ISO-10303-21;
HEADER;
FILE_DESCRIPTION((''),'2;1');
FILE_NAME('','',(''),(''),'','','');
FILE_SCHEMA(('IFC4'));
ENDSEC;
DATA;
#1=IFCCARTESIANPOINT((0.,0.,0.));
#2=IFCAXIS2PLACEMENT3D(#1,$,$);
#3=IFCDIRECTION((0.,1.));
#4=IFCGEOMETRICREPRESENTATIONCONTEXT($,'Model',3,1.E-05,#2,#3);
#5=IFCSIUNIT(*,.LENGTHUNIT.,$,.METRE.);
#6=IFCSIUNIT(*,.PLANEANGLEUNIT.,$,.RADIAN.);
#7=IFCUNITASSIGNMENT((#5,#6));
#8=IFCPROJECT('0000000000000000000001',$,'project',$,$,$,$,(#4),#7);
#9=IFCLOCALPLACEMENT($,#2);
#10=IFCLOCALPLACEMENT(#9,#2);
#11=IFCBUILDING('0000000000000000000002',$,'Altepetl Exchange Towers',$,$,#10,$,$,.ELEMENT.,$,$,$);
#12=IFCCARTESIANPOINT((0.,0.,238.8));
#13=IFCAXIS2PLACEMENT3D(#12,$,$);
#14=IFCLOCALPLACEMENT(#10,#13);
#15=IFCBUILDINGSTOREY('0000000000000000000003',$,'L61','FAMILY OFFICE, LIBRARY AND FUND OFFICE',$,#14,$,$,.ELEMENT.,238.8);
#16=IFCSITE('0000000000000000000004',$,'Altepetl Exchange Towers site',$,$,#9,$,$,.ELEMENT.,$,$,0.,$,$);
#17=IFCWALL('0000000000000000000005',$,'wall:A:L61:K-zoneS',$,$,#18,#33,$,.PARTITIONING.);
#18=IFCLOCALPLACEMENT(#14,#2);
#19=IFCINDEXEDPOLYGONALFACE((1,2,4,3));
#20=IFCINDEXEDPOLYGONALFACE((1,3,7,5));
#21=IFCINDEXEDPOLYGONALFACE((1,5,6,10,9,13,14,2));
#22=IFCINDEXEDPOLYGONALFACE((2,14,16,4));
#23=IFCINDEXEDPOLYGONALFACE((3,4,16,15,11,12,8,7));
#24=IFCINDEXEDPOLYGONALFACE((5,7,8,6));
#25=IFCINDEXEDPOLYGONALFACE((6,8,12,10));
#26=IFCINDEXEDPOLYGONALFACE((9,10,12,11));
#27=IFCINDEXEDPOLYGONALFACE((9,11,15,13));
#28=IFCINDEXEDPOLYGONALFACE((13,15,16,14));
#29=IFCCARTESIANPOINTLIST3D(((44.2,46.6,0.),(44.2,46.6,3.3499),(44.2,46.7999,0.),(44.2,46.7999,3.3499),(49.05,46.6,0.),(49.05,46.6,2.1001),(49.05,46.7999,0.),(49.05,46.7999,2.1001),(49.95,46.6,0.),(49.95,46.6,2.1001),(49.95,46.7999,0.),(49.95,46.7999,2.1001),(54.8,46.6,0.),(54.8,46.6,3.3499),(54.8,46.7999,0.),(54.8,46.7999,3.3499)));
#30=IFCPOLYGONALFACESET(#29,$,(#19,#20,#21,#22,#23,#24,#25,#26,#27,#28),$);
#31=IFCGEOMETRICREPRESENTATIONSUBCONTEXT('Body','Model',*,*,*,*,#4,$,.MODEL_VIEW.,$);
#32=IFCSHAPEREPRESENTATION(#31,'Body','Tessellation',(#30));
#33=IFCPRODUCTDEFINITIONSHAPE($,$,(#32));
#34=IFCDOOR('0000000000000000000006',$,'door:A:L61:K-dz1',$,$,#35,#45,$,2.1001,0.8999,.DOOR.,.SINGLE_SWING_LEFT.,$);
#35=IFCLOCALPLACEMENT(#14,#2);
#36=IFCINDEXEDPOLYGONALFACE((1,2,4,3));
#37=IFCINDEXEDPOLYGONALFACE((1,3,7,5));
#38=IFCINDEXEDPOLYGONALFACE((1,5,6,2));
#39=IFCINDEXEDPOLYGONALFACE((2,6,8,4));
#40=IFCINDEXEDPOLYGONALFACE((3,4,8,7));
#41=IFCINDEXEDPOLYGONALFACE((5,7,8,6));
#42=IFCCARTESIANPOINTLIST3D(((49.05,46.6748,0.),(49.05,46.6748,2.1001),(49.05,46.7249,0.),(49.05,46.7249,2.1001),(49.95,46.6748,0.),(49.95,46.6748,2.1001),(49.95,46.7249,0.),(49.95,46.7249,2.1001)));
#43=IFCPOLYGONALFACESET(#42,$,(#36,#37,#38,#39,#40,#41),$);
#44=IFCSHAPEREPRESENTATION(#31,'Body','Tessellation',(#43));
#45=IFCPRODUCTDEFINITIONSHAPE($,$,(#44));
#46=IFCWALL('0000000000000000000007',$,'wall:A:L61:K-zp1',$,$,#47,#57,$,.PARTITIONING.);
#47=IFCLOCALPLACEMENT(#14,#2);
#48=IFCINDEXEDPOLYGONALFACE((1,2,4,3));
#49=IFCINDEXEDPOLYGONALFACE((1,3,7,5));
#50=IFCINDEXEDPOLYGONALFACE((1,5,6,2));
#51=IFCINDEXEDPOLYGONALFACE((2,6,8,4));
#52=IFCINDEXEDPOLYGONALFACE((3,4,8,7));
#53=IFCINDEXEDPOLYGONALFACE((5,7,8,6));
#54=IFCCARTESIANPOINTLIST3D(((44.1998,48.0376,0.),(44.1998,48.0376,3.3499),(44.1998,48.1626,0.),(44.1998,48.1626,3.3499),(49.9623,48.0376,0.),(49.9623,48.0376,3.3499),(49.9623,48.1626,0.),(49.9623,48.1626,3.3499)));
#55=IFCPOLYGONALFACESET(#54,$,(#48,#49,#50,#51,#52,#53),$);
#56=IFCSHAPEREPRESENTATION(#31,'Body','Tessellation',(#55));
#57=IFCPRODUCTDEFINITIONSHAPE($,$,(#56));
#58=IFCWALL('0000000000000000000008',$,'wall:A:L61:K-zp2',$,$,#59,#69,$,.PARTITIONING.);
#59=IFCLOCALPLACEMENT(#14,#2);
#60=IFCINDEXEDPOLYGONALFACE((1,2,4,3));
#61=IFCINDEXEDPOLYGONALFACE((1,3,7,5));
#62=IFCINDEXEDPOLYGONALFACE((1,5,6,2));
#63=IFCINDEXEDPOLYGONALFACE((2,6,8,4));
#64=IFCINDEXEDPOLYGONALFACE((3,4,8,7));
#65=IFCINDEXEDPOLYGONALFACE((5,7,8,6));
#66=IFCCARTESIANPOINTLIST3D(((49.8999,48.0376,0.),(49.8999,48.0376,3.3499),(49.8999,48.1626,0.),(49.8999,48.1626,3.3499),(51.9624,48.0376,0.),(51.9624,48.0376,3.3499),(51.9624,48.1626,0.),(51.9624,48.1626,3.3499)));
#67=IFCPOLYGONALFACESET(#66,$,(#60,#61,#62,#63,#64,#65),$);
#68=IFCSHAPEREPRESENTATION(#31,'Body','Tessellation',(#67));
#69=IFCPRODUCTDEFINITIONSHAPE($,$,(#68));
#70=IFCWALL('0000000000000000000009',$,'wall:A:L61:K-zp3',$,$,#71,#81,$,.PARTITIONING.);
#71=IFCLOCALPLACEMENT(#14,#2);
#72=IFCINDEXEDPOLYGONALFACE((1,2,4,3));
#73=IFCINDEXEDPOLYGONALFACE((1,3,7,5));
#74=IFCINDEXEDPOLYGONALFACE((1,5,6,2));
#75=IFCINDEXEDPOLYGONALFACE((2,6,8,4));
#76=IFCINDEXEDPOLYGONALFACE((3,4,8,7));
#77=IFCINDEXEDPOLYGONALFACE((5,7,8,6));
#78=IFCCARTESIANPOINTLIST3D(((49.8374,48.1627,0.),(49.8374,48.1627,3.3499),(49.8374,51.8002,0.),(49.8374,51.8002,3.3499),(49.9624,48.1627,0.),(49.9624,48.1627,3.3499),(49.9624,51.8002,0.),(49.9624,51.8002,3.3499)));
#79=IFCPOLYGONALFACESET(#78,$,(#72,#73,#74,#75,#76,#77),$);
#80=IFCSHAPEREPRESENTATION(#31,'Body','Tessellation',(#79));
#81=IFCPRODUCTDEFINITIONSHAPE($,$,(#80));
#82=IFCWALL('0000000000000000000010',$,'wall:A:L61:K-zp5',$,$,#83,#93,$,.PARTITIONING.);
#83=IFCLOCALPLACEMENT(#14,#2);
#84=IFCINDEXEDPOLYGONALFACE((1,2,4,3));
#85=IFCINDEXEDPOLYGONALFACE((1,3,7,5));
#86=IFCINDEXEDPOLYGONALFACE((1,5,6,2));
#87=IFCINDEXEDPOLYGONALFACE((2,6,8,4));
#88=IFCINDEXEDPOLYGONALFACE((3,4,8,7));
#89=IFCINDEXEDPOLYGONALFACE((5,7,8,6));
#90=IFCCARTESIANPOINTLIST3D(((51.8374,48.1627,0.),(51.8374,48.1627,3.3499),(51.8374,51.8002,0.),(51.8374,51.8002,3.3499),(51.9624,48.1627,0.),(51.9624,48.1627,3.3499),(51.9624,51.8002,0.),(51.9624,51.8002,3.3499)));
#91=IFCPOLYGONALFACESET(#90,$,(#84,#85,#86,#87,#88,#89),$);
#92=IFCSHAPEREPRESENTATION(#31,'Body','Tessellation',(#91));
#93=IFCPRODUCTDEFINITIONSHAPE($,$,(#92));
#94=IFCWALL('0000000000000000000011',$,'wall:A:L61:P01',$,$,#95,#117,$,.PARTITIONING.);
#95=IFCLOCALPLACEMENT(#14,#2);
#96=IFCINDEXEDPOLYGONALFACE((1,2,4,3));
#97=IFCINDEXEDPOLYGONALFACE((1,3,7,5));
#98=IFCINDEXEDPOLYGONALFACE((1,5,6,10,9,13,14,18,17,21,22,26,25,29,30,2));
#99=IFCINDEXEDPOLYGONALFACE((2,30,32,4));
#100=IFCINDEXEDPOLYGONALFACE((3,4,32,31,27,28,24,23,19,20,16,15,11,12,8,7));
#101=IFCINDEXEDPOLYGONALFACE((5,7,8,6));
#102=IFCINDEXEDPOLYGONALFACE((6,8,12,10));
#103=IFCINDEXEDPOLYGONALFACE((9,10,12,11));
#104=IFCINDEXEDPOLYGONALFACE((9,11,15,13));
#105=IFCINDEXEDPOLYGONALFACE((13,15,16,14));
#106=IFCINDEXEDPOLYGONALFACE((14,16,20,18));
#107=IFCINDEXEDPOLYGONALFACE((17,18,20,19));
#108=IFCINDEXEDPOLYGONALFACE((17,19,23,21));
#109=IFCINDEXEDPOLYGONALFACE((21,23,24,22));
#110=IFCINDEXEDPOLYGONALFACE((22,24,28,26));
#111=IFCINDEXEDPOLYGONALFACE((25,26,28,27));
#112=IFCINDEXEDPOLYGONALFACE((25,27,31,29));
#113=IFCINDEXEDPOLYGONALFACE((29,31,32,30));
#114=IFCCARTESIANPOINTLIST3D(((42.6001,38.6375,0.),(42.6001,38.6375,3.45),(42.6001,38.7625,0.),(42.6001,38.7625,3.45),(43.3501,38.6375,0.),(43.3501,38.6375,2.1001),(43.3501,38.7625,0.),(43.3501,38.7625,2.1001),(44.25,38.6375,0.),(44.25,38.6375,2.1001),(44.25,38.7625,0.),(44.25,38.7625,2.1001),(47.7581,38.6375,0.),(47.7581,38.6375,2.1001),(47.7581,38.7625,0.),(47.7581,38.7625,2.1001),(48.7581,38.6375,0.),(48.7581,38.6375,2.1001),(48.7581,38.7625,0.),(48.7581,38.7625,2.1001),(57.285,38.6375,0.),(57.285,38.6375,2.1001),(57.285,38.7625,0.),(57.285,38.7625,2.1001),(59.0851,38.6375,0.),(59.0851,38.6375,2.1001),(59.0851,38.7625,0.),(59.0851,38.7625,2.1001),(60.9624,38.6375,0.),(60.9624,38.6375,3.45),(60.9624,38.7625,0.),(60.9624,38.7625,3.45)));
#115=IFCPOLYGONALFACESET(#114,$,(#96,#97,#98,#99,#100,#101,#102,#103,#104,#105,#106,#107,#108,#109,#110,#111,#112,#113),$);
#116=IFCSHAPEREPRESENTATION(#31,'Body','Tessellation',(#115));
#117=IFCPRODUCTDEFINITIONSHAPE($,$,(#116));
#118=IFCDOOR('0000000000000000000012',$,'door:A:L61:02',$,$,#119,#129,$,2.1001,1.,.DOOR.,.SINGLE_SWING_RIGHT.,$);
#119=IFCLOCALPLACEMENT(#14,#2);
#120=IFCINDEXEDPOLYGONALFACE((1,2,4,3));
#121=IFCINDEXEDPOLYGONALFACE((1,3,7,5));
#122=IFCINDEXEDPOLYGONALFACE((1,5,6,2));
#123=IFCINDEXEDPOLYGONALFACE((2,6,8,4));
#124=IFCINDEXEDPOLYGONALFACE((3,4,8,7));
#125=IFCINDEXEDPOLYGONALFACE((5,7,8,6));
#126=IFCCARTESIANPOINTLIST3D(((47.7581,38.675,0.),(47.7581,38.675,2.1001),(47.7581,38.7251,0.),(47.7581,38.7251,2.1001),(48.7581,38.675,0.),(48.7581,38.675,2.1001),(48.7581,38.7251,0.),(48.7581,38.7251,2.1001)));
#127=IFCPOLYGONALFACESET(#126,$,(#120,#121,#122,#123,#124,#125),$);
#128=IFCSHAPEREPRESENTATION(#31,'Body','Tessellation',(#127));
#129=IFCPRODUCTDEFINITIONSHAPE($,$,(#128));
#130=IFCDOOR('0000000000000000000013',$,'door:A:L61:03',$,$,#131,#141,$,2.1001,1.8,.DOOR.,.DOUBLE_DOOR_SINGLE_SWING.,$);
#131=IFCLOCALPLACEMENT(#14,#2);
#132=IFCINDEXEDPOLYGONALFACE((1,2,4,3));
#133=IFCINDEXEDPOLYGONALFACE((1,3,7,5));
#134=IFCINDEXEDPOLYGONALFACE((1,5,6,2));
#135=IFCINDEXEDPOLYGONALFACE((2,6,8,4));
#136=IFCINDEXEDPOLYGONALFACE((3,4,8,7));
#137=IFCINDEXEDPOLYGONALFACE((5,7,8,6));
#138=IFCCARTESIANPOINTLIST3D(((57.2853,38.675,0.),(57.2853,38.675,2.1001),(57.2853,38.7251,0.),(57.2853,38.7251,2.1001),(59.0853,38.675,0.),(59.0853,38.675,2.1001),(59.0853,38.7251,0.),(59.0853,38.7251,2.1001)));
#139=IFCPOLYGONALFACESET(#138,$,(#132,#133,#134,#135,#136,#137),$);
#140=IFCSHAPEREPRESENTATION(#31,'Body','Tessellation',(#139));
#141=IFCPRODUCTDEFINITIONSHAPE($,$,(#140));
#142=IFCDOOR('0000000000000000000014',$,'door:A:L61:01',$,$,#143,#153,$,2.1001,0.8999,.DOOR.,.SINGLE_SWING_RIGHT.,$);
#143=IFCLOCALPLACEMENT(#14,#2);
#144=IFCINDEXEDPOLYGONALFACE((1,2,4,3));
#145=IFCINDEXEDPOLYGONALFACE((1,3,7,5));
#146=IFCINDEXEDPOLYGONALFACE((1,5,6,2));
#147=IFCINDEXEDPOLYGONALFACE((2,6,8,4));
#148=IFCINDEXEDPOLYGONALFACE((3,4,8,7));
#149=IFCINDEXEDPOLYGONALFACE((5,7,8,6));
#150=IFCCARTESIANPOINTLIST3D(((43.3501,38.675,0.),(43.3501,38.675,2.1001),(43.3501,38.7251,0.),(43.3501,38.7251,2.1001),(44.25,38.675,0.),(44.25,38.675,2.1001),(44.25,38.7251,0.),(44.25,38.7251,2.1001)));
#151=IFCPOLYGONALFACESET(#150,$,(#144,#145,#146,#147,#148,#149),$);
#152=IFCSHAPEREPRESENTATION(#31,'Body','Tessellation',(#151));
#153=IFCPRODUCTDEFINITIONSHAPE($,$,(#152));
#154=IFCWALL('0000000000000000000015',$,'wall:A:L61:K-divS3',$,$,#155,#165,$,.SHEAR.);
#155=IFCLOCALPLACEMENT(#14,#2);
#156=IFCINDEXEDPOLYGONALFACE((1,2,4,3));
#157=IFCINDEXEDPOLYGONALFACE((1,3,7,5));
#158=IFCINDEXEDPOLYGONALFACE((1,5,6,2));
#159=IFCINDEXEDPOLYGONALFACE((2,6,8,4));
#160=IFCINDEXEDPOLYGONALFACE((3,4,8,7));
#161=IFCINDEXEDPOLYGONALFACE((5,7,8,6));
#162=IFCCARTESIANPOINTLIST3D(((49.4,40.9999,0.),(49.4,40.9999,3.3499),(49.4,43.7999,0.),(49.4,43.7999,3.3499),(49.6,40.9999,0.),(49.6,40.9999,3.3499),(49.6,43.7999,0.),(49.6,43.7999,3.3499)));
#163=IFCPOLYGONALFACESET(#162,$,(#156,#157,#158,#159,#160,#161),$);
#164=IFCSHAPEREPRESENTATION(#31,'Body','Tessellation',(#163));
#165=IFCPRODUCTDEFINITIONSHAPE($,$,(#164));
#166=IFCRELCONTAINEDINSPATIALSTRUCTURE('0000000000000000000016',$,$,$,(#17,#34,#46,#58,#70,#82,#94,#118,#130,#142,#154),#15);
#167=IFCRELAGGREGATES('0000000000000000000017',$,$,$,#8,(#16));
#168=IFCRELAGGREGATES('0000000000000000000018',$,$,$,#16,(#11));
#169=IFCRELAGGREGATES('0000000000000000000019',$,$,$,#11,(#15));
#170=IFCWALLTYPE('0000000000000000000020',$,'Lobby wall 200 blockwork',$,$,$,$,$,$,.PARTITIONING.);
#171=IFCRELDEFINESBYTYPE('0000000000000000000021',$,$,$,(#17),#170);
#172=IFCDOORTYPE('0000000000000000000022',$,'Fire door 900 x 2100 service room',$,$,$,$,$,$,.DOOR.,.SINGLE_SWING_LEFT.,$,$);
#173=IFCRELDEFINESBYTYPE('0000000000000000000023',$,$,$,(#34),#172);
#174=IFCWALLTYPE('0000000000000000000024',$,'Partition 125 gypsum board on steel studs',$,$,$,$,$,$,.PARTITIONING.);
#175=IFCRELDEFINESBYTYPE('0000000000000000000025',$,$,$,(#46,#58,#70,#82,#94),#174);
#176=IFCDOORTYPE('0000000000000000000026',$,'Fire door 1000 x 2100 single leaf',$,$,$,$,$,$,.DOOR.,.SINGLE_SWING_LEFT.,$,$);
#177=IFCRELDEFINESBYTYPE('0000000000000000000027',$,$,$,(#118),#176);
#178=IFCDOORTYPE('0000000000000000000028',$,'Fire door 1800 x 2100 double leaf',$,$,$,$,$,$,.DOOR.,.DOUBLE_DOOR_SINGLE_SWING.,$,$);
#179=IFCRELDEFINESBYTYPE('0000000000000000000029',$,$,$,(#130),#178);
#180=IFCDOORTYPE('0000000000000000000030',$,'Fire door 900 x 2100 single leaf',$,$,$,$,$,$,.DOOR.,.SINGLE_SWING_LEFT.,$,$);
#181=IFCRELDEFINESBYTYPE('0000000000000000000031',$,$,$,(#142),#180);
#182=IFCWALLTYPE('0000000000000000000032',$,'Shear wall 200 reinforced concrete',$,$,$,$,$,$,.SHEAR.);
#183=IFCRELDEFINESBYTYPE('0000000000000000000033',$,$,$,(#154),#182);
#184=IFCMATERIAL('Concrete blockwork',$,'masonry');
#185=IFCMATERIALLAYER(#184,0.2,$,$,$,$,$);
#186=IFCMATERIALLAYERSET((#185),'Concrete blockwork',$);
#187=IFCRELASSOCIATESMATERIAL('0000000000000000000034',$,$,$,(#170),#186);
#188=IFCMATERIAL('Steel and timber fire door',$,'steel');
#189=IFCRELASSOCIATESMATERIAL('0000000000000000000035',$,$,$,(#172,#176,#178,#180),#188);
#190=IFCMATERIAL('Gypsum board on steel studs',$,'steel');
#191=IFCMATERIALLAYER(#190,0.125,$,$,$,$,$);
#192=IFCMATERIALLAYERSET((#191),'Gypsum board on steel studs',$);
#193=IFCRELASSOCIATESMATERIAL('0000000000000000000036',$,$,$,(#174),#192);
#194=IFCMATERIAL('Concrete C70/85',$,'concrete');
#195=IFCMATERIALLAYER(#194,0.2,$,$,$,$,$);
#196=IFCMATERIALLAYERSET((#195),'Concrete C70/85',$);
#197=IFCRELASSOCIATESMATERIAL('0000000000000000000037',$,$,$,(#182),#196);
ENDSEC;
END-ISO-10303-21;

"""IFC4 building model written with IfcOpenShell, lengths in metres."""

from ifc_helpers import new_model, si_unit, direction, frame, frame_2d, origin, place, context, subcontext, project, spatial, rectangle, extrude, material, layer, layer_set, type_object, element, fill, save


model = new_model("IFC4")

# Units and contexts
model_context = context("Model", 3, precision=1e-05, world=origin(), true_north=direction((0.0, 1.0)))
body_context = subcontext(model_context, "Body", "Model", "MODEL_VIEW")
ifc_project = project(units=[si_unit("LENGTHUNIT", "METRE"), si_unit("PLANEANGLEUNIT", "RADIAN")], contexts=[model_context])

# Site, building, storey
site_placement = place(None, origin())
site = spatial("IfcSite", under=ifc_project, at=site_placement, Name="Altepetl Exchange Towers site", CompositionType="ELEMENT", RefElevation=0.0)
building_placement = place(site_placement, origin())
building = spatial("IfcBuilding", under=site, at=building_placement, Name="Altepetl Exchange Towers", CompositionType="ELEMENT")
storey_placement = place(building_placement, frame((0.0, 0.0, 238.8)))
storey = spatial("IfcBuildingStorey", under=building, at=storey_placement, Name="L61", Description="FAMILY OFFICE, LIBRARY AND FUND OFFICE", CompositionType="ELEMENT", Elevation=238.8)

# Shared definitions
ifc_material_1 = material(Name="Concrete blockwork", Category="masonry")
ifc_layer_1 = layer(ifc_material_1, 0.2)
ifc_layer_set_1 = layer_set([ifc_layer_1], Name="Concrete blockwork")
wall_type_1 = type_object("IfcWallType", Name="Lobby wall 200 blockwork", PredefinedType="PARTITIONING", material=ifc_layer_set_1)

# Shared definitions
ifc_material_2 = material(Name="Steel and timber fire door", Category="steel")
door_type_1 = type_object("IfcDoorType", Name="Fire door 900 x 2100 service room", OperationType="SINGLE_SWING_LEFT", PredefinedType="DOOR", material=ifc_material_2)

# Wall, opening, door
wall_1_placement = place(storey_placement, frame((44.2, 46.7, 0.0)))
wall_1 = element("IfcWall", 1, at=wall_1_placement, inside=storey, type_object=wall_type_1, Name="wall:A:L61:K-zoneS", PredefinedType="PARTITIONING", context=body_context, shape_type="SweptSolid", body=[
    extrude(rectangle(XDim=10.6001, YDim=0.2, at=frame_2d((5.3, 0.0))), origin(), (0.0, 0.0, 1.0), 3.3499),
])
opening_1_placement = place(wall_1_placement, frame((4.8501, 0.0, 0.0)))
opening_1 = element("IfcOpeningElement", 2, at=opening_1_placement, cuts=wall_1, PredefinedType="OPENING", context=body_context, shape_type="SweptSolid", body=[
    extrude(rectangle(XDim=0.8999, YDim=2.1001, at=frame_2d((0.45, 1.05))), frame((0.0, 0.1099, 0.0), z_axis=(0.0, -1.0, 0.0), x_axis=(1.0, 0.0, 0.0)), (0.0, 0.0, 1.0), 0.22),
])
door_1_placement = place(opening_1_placement, origin())
door_1 = element("IfcDoor", 3, at=door_1_placement, inside=storey, type_object=door_type_1, Name="door:A:L61:K-dz1", OperationType="SINGLE_SWING_LEFT", OverallHeight=2.1001, OverallWidth=0.8999, PredefinedType="DOOR", context=body_context, shape_type="SweptSolid", body=[
    extrude(rectangle(XDim=0.8999, YDim=2.1001, at=frame_2d((0.45, 1.05))), frame((0.0, 0.0249, 0.0), z_axis=(0.0, -1.0, 0.0), x_axis=(1.0, 0.0, 0.0)), (0.0, 0.0, 1.0), 0.05),
])
fill(opening_1, door_1)

# Walls
ifc_material_3 = material(Name="Gypsum board on steel studs", Category="steel")
ifc_layer_2 = layer(ifc_material_3, 0.125)
ifc_layer_set_2 = layer_set([ifc_layer_2], Name="Gypsum board on steel studs")
wall_type_2 = type_object("IfcWallType", Name="Partition 125 gypsum board on steel studs", PredefinedType="PARTITIONING", material=ifc_layer_set_2)
wall_2_placement = place(storey_placement, frame((49.9624, 48.1001, 0.0), z_axis=(0.0, 0.0, 1.0), x_axis=(-1.0, 0.0, 0.0)))
element("IfcWall", 4, at=wall_2_placement, inside=storey, type_object=wall_type_2, Name="wall:A:L61:K-zp1", PredefinedType="PARTITIONING", context=body_context, shape_type="SweptSolid", body=[
    extrude(rectangle(XDim=5.7625, YDim=0.125, at=frame_2d((2.8813, 0.0))), origin(), (0.0, 0.0, 1.0), 3.3499),
])
wall_3_placement = place(storey_placement, frame((51.9624, 48.1001, 0.0), z_axis=(0.0, 0.0, 1.0), x_axis=(-1.0, 0.0, 0.0)))
element("IfcWall", 5, at=wall_3_placement, inside=storey, type_object=wall_type_2, Name="wall:A:L61:K-zp2", PredefinedType="PARTITIONING", context=body_context, shape_type="SweptSolid", body=[
    extrude(rectangle(XDim=2.0625, YDim=0.125, at=frame_2d((1.0312, 0.0))), origin(), (0.0, 0.0, 1.0), 3.3499),
])
for number, where, z_axis, x_axis, name in (
    (6, (49.8999, 48.1626, 0.0), (0.0, 0.0, 1.0), (0.0, 1.0, 0.0), "wall:A:L61:K-zp3"),
    (7, (51.8999, 48.1626, 0.0), (0.0, 0.0, 1.0), (0.0, 1.0, 0.0), "wall:A:L61:K-zp5"),
):
    element("IfcWall", number, at=place(storey_placement, frame(where, z_axis=z_axis, x_axis=x_axis)), inside=storey, type_object=wall_type_2, Name=name, PredefinedType="PARTITIONING", context=body_context, shape_type="SweptSolid", body=[
        extrude(rectangle(XDim=3.6375, YDim=0.125, at=frame_2d((1.8188, 0.0))), origin(), (0.0, 0.0, 1.0), 3.3499),
    ])

# Wall, openings, doors
wall_4_placement = place(storey_placement, frame((42.6001, 38.7, 0.0)))
wall_4 = element("IfcWall", 8, at=wall_4_placement, inside=storey, type_object=wall_type_2, Name="wall:A:L61:P01", PredefinedType="PARTITIONING", context=body_context, shape_type="SweptSolid", body=[
    extrude(rectangle(XDim=18.3623, YDim=0.125, at=frame_2d((9.1812, 0.0))), origin(), (0.0, 0.0, 1.0), 3.45),
])
opening_2_placement = place(wall_4_placement, frame((0.75, 0.0, 0.0)))
opening_2 = element("IfcOpeningElement", 9, at=opening_2_placement, cuts=wall_4, PredefinedType="OPENING", context=body_context, shape_type="SweptSolid", body=[
    extrude(rectangle(XDim=0.8999, YDim=2.1001, at=frame_2d((0.45, 1.05))), frame((0.0, 0.0725, 0.0), z_axis=(0.0, -1.0, 0.0), x_axis=(1.0, 0.0, 0.0)), (0.0, 0.0, 1.0), 0.145),
])
opening_3_placement = place(wall_4_placement, frame((5.158, 0.0, 0.0)))
opening_3 = element("IfcOpeningElement", 10, at=opening_3_placement, cuts=wall_4, PredefinedType="OPENING", context=body_context, shape_type="SweptSolid", body=[
    extrude(rectangle(XDim=1.0, YDim=2.1001, at=frame_2d((0.5, 1.05))), frame((0.0, 0.0725, 0.0), z_axis=(0.0, -1.0, 0.0), x_axis=(1.0, 0.0, 0.0)), (0.0, 0.0, 1.0), 0.145),
])
opening_4_placement = place(wall_4_placement, frame((14.6851, 0.0, 0.0)))
opening_4 = element("IfcOpeningElement", 11, at=opening_4_placement, cuts=wall_4, PredefinedType="OPENING", context=body_context, shape_type="SweptSolid", body=[
    extrude(rectangle(XDim=1.8, YDim=2.1001, at=frame_2d((0.8999, 1.05))), frame((0.0, 0.0725, 0.0), z_axis=(0.0, -1.0, 0.0), x_axis=(1.0, 0.0, 0.0)), (0.0, 0.0, 1.0), 0.145),
])
door_type_2 = type_object("IfcDoorType", Name="Fire door 1000 x 2100 single leaf", OperationType="SINGLE_SWING_LEFT", PredefinedType="DOOR", material=ifc_material_2)
door_2_placement = place(opening_3_placement, frame((1.0, 0.0, 0.0), x_axis=(-1.0, 0.0, 0.0)))
door_2 = element("IfcDoor", 12, at=door_2_placement, inside=storey, type_object=door_type_2, Name="door:A:L61:02", OperationType="SINGLE_SWING_RIGHT", OverallHeight=2.1001, OverallWidth=1.0, PredefinedType="DOOR", context=body_context, shape_type="SweptSolid", body=[
    extrude(rectangle(XDim=1.0, YDim=2.1001, at=frame_2d((0.5, 1.05))), frame((0.0, 0.0249, 0.0), z_axis=(0.0, -1.0, 0.0), x_axis=(1.0, 0.0, 0.0)), (0.0, 0.0, 1.0), 0.05),
])
fill(opening_3, door_2)
door_type_3 = type_object("IfcDoorType", Name="Fire door 1800 x 2100 double leaf", OperationType="DOUBLE_DOOR_SINGLE_SWING", PredefinedType="DOOR", material=ifc_material_2)
door_3_placement = place(opening_4_placement, frame((1.8, 0.0, 0.0), x_axis=(-1.0, 0.0, 0.0)))
door_3 = element("IfcDoor", 13, at=door_3_placement, inside=storey, type_object=door_type_3, Name="door:A:L61:03", OperationType="DOUBLE_DOOR_SINGLE_SWING", OverallHeight=2.1001, OverallWidth=1.8, PredefinedType="DOOR", context=body_context, shape_type="SweptSolid", body=[
    extrude(rectangle(XDim=1.8, YDim=2.1001, at=frame_2d((0.8999, 1.05))), frame((0.0, 0.0249, 0.0), z_axis=(0.0, -1.0, 0.0), x_axis=(1.0, 0.0, 0.0)), (0.0, 0.0, 1.0), 0.05),
])
fill(opening_4, door_3)
door_type_4 = type_object("IfcDoorType", Name="Fire door 900 x 2100 single leaf", OperationType="SINGLE_SWING_LEFT", PredefinedType="DOOR", material=ifc_material_2)
door_4_placement = place(opening_2_placement, frame((0.8999, 0.0, 0.0), x_axis=(-1.0, 0.0, 0.0)))
door_4 = element("IfcDoor", 14, at=door_4_placement, inside=storey, type_object=door_type_4, Name="door:A:L61:01", OperationType="SINGLE_SWING_RIGHT", OverallHeight=2.1001, OverallWidth=0.8999, PredefinedType="DOOR", context=body_context, shape_type="SweptSolid", body=[
    extrude(rectangle(XDim=0.8999, YDim=2.1001, at=frame_2d((0.45, 1.05))), frame((0.0, 0.0249, 0.0), z_axis=(0.0, -1.0, 0.0), x_axis=(1.0, 0.0, 0.0)), (0.0, 0.0, 1.0), 0.05),
])
fill(opening_2, door_4)

# Wall
ifc_material_4 = material(Name="Concrete C70/85", Category="concrete")
ifc_layer_3 = layer(ifc_material_4, 0.2)
ifc_layer_set_3 = layer_set([ifc_layer_3], Name="Concrete C70/85")
wall_type_3 = type_object("IfcWallType", Name="Shear wall 200 reinforced concrete", PredefinedType="SHEAR", material=ifc_layer_set_3)
wall_5_placement = place(storey_placement, frame((49.5, 41.0, 0.0), z_axis=(0.0, 0.0, 1.0), x_axis=(0.0, 1.0, 0.0)))
element("IfcWall", 15, at=wall_5_placement, inside=storey, type_object=wall_type_3, Name="wall:A:L61:K-divS3", PredefinedType="SHEAR", context=body_context, shape_type="SweptSolid", body=[
    extrude(rectangle(XDim=2.8, YDim=0.2, at=frame_2d((1.3999, 0.0))), origin(), (0.0, 0.0, 1.0), 3.3499),
])

save(model, "model.ifc")
